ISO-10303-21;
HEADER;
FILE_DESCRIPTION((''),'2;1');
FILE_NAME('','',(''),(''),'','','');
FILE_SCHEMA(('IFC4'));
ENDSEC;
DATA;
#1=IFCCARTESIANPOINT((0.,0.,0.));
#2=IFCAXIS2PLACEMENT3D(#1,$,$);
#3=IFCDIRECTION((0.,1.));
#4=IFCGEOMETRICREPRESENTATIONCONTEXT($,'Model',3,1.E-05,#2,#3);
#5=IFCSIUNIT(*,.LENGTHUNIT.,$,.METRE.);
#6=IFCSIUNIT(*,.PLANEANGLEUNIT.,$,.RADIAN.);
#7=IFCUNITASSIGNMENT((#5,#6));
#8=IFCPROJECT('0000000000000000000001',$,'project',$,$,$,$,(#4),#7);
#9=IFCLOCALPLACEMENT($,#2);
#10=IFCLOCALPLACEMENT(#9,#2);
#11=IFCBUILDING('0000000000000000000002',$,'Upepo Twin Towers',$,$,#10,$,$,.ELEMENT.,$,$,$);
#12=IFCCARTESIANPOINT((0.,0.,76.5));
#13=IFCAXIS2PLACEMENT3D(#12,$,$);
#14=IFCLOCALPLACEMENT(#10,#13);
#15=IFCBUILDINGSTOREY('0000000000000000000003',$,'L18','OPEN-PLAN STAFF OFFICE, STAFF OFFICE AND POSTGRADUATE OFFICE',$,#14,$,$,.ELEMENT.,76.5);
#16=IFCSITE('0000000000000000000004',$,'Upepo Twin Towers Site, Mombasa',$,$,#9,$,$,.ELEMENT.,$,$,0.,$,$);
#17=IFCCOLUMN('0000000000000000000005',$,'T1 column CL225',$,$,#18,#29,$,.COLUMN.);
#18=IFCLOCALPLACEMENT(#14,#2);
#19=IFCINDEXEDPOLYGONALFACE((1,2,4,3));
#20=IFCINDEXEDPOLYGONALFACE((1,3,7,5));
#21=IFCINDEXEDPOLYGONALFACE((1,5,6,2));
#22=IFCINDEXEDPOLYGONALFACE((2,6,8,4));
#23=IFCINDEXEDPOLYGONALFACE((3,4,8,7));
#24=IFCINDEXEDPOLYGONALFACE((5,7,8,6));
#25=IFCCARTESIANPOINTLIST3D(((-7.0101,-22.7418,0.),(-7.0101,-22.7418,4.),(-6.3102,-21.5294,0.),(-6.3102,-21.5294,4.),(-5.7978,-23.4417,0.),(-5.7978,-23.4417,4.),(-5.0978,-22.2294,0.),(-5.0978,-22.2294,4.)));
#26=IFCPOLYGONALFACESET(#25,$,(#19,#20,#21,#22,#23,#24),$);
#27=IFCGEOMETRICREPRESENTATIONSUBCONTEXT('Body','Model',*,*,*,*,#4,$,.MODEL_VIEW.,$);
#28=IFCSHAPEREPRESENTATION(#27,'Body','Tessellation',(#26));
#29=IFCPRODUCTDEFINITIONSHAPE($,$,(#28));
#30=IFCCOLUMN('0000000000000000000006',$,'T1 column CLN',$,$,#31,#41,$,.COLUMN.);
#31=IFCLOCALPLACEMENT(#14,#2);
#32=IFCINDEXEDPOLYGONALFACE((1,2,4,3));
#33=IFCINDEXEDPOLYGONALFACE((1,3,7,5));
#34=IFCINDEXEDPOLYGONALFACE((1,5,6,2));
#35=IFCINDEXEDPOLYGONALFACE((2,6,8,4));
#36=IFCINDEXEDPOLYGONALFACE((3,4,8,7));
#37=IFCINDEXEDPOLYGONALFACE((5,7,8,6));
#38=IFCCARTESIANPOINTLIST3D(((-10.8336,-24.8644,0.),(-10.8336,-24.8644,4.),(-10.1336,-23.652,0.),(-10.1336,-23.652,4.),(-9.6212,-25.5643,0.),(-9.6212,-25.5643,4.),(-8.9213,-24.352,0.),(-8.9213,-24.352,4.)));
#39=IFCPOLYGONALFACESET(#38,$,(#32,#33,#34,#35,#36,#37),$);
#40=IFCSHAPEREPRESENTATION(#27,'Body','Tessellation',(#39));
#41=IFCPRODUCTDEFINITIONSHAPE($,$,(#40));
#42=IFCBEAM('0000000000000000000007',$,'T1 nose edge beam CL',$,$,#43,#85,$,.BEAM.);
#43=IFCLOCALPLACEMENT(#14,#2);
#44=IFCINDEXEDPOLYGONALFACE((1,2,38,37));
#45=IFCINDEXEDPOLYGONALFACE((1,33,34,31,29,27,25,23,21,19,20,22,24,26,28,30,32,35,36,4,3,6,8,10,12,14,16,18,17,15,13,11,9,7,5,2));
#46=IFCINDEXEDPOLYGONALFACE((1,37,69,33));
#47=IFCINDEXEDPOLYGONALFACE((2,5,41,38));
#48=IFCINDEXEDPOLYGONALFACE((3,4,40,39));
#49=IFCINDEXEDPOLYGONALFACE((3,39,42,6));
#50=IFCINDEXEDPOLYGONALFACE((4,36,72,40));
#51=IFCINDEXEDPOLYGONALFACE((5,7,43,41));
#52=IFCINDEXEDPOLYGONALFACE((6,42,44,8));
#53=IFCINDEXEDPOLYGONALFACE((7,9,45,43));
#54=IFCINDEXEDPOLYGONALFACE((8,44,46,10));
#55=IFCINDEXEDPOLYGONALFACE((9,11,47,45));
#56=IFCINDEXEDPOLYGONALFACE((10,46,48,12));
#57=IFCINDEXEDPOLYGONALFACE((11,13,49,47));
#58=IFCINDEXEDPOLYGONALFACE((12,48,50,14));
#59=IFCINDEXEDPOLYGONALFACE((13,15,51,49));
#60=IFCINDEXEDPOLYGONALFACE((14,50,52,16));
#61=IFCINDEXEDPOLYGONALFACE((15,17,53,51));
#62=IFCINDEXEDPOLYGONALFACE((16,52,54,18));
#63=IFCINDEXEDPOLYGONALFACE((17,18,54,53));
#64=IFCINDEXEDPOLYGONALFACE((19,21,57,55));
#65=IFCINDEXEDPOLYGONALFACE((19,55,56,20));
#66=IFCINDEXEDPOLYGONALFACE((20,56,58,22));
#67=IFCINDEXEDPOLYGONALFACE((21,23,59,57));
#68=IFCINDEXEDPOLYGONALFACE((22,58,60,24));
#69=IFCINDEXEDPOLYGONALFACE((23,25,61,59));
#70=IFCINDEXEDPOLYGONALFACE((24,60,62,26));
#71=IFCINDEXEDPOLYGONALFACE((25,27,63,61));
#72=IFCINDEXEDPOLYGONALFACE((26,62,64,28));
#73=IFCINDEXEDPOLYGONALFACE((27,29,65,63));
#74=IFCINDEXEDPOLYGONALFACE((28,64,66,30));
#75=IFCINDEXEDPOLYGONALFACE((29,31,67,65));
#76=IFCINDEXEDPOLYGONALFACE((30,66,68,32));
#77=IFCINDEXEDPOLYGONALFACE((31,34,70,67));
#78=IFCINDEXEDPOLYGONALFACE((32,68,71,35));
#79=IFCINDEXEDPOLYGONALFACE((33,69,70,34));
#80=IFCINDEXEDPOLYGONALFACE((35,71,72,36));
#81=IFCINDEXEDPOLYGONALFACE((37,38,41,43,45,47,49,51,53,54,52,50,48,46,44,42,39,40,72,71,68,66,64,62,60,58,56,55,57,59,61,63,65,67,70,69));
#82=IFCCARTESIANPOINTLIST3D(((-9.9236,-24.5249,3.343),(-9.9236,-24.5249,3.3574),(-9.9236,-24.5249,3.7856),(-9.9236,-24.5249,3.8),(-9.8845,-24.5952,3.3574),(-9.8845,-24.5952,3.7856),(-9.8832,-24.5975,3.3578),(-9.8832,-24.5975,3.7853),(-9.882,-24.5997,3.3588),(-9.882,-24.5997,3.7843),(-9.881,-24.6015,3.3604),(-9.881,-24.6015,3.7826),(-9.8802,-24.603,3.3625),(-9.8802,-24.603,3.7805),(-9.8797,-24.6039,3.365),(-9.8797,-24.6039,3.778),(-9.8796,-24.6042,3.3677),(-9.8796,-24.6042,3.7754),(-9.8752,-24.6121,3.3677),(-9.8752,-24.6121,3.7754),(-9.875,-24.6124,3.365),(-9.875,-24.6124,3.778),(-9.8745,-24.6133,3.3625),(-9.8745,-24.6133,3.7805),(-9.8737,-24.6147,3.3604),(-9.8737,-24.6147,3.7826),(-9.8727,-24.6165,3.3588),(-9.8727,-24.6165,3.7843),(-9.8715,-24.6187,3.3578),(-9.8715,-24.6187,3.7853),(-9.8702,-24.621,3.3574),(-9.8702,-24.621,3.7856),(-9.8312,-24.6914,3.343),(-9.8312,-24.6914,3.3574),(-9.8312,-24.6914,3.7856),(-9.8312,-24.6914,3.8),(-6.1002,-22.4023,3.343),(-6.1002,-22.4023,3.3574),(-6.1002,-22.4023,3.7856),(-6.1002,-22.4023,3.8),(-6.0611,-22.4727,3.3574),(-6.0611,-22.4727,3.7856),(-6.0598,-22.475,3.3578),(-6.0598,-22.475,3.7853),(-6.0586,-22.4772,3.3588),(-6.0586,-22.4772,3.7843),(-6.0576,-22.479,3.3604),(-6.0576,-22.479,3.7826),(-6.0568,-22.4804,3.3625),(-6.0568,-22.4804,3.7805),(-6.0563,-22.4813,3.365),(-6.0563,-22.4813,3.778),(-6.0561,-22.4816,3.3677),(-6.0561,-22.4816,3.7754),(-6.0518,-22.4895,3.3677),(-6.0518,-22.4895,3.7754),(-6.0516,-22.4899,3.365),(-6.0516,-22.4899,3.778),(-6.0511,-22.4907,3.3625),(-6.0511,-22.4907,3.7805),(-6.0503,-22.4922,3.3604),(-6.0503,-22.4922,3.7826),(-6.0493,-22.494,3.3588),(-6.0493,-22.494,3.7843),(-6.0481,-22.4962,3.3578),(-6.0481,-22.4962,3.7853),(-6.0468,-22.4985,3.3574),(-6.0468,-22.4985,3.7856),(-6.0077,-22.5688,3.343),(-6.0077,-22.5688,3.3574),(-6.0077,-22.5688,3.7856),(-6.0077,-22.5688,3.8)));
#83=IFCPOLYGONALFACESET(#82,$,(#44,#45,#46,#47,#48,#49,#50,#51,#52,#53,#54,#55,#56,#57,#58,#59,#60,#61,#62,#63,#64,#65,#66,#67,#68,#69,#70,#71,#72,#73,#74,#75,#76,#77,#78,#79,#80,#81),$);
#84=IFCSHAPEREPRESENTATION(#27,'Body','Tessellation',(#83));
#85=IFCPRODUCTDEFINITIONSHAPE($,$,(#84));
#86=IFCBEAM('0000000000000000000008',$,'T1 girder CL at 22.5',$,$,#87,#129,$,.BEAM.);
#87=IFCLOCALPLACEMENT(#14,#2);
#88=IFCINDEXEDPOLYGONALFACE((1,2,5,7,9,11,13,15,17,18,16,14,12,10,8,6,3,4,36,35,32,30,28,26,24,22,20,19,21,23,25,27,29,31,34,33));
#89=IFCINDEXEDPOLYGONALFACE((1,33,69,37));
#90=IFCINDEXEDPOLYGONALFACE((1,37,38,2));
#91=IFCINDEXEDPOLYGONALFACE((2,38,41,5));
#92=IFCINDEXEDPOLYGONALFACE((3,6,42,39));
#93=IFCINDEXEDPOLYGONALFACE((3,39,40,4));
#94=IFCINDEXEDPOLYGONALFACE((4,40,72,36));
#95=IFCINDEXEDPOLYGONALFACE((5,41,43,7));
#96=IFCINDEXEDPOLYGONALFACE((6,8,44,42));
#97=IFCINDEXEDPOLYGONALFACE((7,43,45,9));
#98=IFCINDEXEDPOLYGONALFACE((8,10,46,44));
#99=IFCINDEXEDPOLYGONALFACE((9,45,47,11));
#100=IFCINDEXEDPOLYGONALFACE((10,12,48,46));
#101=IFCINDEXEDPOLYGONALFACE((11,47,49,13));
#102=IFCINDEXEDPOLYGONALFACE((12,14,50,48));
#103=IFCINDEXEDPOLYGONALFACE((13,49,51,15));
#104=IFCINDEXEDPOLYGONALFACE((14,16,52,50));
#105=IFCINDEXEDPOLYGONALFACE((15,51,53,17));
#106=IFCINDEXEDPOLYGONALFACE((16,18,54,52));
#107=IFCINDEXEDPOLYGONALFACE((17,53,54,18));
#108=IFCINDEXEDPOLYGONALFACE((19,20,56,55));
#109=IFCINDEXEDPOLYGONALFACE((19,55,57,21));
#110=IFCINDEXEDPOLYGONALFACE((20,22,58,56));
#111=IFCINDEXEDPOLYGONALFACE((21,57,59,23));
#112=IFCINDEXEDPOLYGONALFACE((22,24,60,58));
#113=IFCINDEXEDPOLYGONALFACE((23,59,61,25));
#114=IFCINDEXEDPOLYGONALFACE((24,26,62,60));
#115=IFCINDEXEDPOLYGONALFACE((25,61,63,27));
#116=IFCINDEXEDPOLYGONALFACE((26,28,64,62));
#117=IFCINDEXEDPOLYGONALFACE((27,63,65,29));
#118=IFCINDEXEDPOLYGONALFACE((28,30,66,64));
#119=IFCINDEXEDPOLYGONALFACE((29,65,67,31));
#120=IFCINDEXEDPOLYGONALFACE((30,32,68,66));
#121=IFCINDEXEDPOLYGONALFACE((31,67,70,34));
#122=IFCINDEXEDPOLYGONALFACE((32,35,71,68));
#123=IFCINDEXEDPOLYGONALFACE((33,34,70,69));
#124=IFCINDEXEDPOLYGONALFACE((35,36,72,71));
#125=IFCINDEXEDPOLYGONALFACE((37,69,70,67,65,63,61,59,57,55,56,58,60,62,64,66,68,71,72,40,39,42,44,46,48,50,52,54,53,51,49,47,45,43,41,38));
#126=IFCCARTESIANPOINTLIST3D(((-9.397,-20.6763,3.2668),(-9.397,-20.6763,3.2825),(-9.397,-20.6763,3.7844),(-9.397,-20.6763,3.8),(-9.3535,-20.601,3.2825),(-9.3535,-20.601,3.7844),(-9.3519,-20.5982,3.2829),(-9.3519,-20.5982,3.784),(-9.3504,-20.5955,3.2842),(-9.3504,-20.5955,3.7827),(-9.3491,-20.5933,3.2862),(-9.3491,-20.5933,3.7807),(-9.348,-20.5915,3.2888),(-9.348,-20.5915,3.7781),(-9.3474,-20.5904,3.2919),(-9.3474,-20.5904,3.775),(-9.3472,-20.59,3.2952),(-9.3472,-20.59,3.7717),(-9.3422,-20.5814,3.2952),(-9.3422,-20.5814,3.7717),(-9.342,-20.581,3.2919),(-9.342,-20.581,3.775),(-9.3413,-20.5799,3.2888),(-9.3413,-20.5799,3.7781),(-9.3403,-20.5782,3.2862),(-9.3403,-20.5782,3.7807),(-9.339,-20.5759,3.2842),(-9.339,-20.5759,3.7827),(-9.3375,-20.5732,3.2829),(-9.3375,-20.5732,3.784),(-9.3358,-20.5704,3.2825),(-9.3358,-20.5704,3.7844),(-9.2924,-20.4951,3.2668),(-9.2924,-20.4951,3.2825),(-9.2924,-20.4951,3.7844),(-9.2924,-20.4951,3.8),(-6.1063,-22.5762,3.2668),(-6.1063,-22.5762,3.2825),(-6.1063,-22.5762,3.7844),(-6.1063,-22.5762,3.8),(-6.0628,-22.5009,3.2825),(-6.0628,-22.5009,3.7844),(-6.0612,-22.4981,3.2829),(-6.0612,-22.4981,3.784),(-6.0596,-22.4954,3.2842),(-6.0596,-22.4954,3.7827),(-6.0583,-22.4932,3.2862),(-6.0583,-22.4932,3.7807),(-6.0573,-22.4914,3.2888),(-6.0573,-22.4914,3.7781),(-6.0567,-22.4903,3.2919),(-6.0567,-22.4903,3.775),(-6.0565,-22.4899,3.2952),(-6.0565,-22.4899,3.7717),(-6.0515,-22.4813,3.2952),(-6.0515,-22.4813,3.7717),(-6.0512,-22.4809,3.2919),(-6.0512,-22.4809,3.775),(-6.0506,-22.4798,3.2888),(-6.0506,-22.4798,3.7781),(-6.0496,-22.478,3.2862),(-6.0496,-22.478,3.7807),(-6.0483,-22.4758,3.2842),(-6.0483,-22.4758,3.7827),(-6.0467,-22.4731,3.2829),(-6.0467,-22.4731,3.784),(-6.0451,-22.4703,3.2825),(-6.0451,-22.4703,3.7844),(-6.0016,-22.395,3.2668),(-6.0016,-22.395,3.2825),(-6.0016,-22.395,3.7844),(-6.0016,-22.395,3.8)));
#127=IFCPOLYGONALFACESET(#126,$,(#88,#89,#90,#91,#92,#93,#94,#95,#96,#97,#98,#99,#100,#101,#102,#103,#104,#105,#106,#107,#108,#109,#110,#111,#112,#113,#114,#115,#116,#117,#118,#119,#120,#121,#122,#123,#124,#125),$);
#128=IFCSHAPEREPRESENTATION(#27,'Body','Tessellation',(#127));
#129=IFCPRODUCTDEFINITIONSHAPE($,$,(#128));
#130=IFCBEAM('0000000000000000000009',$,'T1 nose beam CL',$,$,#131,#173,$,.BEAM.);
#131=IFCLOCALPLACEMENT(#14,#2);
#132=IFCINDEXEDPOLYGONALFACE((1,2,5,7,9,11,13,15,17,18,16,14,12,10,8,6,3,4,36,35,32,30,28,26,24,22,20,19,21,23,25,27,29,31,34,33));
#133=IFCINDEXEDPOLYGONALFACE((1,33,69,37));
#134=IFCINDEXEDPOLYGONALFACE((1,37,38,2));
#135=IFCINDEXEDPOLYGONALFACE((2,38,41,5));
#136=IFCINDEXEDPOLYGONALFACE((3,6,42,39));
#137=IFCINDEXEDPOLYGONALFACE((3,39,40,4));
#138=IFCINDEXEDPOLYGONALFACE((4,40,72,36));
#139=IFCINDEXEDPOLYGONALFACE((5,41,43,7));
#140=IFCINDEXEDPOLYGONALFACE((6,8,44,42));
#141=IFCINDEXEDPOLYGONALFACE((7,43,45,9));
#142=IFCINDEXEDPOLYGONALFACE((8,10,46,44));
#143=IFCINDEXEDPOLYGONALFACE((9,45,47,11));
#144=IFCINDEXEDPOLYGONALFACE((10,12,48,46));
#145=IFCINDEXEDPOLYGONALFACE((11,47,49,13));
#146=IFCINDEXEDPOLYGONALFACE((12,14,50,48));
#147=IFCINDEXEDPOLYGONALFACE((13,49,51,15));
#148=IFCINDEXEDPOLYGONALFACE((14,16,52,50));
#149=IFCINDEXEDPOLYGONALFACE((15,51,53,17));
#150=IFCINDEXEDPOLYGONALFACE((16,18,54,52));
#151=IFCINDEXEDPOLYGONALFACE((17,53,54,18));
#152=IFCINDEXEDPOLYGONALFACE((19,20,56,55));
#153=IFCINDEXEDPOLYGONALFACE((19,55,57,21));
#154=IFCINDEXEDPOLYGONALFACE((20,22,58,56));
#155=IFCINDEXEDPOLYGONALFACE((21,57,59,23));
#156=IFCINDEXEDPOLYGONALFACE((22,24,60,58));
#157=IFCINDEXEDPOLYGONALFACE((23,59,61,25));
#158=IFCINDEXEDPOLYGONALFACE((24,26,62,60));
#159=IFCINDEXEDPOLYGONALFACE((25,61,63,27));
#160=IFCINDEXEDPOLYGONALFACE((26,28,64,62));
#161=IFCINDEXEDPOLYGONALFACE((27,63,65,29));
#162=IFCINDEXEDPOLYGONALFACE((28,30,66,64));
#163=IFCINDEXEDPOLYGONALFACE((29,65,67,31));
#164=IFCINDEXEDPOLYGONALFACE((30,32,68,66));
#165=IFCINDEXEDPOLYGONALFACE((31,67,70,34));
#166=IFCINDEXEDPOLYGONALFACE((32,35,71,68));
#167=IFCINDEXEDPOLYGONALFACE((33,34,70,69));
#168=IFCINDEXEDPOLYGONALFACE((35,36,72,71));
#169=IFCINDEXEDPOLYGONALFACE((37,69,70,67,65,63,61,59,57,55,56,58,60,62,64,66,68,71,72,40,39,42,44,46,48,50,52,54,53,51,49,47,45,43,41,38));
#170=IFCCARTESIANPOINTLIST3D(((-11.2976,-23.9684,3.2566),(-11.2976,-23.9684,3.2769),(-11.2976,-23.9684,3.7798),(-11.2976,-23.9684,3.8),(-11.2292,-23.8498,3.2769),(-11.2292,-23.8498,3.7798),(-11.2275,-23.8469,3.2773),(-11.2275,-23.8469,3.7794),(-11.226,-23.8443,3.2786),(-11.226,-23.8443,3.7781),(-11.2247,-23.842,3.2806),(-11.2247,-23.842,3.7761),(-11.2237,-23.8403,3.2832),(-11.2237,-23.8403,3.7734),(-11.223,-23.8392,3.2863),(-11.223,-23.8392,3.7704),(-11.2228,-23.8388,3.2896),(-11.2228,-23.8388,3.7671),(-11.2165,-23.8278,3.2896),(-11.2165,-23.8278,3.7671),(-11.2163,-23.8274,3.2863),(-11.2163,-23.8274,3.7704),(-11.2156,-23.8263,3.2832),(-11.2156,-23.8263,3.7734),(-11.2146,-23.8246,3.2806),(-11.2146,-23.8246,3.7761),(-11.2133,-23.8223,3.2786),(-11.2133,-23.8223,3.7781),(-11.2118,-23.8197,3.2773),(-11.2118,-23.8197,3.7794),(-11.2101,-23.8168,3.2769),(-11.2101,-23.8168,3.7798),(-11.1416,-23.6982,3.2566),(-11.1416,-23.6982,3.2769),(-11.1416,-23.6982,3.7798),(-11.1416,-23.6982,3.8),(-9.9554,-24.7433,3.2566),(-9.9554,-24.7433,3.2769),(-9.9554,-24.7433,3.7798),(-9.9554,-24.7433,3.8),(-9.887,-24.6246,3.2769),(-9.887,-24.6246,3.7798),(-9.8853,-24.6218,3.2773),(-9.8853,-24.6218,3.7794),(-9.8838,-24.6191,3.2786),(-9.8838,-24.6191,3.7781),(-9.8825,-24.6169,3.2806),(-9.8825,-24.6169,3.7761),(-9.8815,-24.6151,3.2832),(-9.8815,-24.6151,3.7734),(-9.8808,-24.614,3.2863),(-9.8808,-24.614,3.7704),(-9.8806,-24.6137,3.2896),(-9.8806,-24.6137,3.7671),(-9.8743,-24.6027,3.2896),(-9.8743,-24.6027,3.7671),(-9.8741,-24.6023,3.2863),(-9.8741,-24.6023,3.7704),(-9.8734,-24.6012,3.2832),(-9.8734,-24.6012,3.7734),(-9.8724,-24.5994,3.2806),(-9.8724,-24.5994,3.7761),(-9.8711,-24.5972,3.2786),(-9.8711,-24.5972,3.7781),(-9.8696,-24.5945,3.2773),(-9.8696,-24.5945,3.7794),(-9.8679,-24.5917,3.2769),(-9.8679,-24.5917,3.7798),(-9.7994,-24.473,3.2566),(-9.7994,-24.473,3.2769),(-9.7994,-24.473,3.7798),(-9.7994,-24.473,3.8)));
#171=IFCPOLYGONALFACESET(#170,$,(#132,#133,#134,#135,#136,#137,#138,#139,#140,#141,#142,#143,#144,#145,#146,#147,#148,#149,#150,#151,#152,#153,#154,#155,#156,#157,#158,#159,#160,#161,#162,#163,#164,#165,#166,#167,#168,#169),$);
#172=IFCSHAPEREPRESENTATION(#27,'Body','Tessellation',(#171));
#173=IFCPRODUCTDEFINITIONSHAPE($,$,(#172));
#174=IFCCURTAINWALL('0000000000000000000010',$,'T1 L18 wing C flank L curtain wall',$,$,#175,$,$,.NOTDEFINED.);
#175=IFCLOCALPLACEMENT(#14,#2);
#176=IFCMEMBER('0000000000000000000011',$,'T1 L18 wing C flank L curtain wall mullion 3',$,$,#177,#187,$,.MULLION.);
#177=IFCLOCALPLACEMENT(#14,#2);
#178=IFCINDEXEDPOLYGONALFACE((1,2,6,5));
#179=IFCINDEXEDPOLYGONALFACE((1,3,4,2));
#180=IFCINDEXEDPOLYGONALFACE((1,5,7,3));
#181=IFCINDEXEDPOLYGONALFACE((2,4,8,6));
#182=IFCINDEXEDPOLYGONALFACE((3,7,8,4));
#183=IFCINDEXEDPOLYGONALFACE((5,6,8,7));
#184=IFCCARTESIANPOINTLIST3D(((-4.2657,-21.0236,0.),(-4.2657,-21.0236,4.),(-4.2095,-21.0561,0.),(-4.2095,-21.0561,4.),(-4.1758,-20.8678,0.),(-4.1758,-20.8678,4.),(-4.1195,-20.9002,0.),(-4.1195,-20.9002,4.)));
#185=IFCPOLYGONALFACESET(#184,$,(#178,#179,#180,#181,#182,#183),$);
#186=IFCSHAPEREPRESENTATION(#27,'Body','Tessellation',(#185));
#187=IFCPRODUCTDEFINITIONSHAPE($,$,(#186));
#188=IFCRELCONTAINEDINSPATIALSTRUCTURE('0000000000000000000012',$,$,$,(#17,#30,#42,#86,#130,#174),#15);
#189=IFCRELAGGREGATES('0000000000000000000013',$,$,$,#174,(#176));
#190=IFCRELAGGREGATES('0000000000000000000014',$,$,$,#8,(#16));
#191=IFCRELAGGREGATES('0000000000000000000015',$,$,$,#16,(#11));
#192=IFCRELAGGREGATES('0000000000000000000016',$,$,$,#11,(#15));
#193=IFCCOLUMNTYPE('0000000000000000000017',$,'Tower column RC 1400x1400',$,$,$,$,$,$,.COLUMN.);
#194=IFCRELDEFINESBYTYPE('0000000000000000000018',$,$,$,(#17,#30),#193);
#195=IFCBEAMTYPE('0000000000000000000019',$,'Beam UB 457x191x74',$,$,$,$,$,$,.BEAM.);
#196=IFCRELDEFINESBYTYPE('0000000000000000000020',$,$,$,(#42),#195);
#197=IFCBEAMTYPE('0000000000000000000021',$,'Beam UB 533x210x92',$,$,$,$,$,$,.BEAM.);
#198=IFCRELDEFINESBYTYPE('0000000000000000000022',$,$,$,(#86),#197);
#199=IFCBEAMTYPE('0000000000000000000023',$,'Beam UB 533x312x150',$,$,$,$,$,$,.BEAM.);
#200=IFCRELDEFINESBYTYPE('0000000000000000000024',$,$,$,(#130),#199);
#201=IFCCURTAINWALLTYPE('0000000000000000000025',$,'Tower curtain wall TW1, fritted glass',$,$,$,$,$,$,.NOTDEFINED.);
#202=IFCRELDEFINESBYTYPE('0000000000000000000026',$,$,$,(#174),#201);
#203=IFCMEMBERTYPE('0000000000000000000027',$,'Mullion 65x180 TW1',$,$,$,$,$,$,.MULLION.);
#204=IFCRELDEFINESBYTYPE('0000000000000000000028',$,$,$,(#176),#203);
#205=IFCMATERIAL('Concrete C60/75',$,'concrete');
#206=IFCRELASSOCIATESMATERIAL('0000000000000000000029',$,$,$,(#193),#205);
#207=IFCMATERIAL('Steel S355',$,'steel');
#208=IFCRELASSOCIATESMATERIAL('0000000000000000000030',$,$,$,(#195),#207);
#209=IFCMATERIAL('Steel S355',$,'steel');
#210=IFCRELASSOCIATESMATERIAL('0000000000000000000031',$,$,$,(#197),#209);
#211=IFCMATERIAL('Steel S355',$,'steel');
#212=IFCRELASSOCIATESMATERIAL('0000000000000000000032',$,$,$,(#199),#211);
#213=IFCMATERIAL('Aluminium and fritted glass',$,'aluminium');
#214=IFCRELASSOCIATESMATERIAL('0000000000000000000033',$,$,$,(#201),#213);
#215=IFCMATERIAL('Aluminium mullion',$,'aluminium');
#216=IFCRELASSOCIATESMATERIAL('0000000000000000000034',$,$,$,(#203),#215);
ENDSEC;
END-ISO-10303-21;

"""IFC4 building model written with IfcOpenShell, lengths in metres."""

from ifc_helpers import new_model, si_unit, direction, frame, origin, origin_2d, place, context, subcontext, project, spatial, rectangle, i_section, extrude, material, material_profile, profile_set, type_object, element, aggregate, save


model = new_model("IFC4")

# Units and contexts
model_context = context("Model", 3, precision=1e-05, world=origin(), true_north=direction((0.0, 1.0)))
body_context = subcontext(model_context, "Body", "Model", "MODEL_VIEW")
ifc_project = project(units=[si_unit("LENGTHUNIT", "METRE"), si_unit("PLANEANGLEUNIT", "RADIAN")], contexts=[model_context])

# Site, building, storey
site_placement = place(None, origin())
site = spatial("IfcSite", under=ifc_project, at=site_placement, Name="Upepo Twin Towers Site, Mombasa", CompositionType="ELEMENT", RefElevation=0.0)
building_placement = place(site_placement, origin())
building = spatial("IfcBuilding", under=site, at=building_placement, Name="Upepo Twin Towers", CompositionType="ELEMENT")
storey_placement = place(building_placement, frame((0.0, 0.0, 76.5)))
storey = spatial("IfcBuildingStorey", under=building, at=storey_placement, Name="L18", Description="OPEN-PLAN STAFF OFFICE, STAFF OFFICE AND POSTGRADUATE OFFICE", CompositionType="ELEMENT", Elevation=76.5)

# Columns
ifc_material_1 = material(Name="Concrete C60/75", Category="concrete")
ifc_material_profile_1 = material_profile(ifc_material_1, rectangle(XDim=1.3999, YDim=1.3999, at=origin_2d()), Name="RC 1400x1400")
ifc_profile_set_1 = profile_set([ifc_material_profile_1], Name="Concrete C60/75")
column_type = type_object("IfcColumnType", Name="Tower column RC 1400x1400", PredefinedType="COLUMN", material=ifc_profile_set_1)
for number, where, z_axis, x_axis, name in (
    (1, (-6.054, -22.4856, 0.0), (0.0, 0.0, 1.0), (0.5, 0.866025, 0.0), "T1 column CL225"),
    (2, (-9.8774, -24.6082, 0.0), (0.0, 0.0, 1.0), (0.5, 0.866025, 0.0), "T1 column CLN"),
):
    element("IfcColumn", number, at=place(storey_placement, frame(where, z_axis=z_axis, x_axis=x_axis)), inside=storey, type_object=column_type, Name=name, PredefinedType="COLUMN", context=body_context, shape_type="SweptSolid", body=[
        extrude(rectangle(XDim=1.3999, YDim=1.3999, at=origin_2d()), origin(), (0.0, 0.0, 1.0), 4.0),
    ])

# Beams
ifc_material_2 = material(Name="Steel S355", Category="steel")
ifc_material_profile_2 = material_profile(ifc_material_2, i_section(OverallWidth=0.1904, OverallDepth=0.457, WebThickness=0.009, FlangeThickness=0.0144, FilletRadius=0.0103, at=origin_2d()), Name="UB 457x191x74")
ifc_profile_set_2 = profile_set([ifc_material_profile_2], Name="Steel S355")
beam_type_1 = type_object("IfcBeamType", Name="Beam UB 457x191x74", PredefinedType="BEAM", material=ifc_profile_set_2)
beam_1_placement = place(storey_placement, frame((-6.054, -22.4856, 3.5715), z_axis=(-0.874313, -0.485363, 0.0), x_axis=(0.485363, -0.874313, 0.0)))
element("IfcBeam", 3, at=beam_1_placement, inside=storey, type_object=beam_type_1, Name="T1 nose edge beam CL", PredefinedType="BEAM", context=body_context, shape_type="SweptSolid", body=[
    extrude(i_section(OverallWidth=0.1904, OverallDepth=0.457, WebThickness=0.009, FlangeThickness=0.0144, FilletRadius=0.0103, at=origin_2d()), origin(), (0.0, 0.0, 1.0), 4.373),
])
ifc_material_3 = material(Name="Steel S355", Category="steel")
ifc_material_profile_3 = material_profile(ifc_material_3, i_section(OverallWidth=0.2092, OverallDepth=0.5332, WebThickness=0.01, FlangeThickness=0.0156, FilletRadius=0.0127, at=origin_2d()), Name="UB 533x210x92")
ifc_profile_set_3 = profile_set([ifc_material_profile_3], Name="Steel S355")
beam_type_2 = type_object("IfcBeamType", Name="Beam UB 533x210x92", PredefinedType="BEAM", material=ifc_profile_set_3)
beam_2_placement = place(storey_placement, frame((-6.054, -22.4856, 3.5334), z_axis=(-0.866028, 0.499995, 0.0), x_axis=(-0.499995, -0.866028, 0.0)))
element("IfcBeam", 4, at=beam_2_placement, inside=storey, type_object=beam_type_2, Name="T1 girder CL at 22.5", PredefinedType="BEAM", context=body_context, shape_type="SweptSolid", body=[
    extrude(i_section(OverallWidth=0.2092, OverallDepth=0.5332, WebThickness=0.01, FlangeThickness=0.0156, FilletRadius=0.0127, at=origin_2d()), origin(), (0.0, 0.0, 1.0), 3.7998),
])
ifc_material_4 = material(Name="Steel S355", Category="steel")
ifc_material_profile_4 = material_profile(ifc_material_4, i_section(OverallWidth=0.312, OverallDepth=0.5435, WebThickness=0.0127, FlangeThickness=0.0203, FilletRadius=0.0127, at=origin_2d()), Name="UB 533x312x150")
ifc_profile_set_4 = profile_set([ifc_material_profile_4], Name="Steel S355")
beam_type_3 = type_object("IfcBeamType", Name="Beam UB 533x312x150", PredefinedType="BEAM", material=ifc_profile_set_4)
beam_3_placement = place(storey_placement, frame((-9.8774, -24.6082, 3.5283), z_axis=(-0.866044, 0.499968, 0.0), x_axis=(-0.499968, -0.866044, 0.0)))
element("IfcBeam", 5, at=beam_3_placement, inside=storey, type_object=beam_type_3, Name="T1 nose beam CL", PredefinedType="BEAM", context=body_context, shape_type="SweptSolid", body=[
    extrude(i_section(OverallWidth=0.312, OverallDepth=0.5435, WebThickness=0.0127, FlangeThickness=0.0203, FilletRadius=0.0127, at=origin_2d()), origin(), (0.0, 0.0, 1.0), 1.5498),
])

# Curtain wall, member
ifc_material_5 = material(Name="Aluminium and fritted glass", Category="aluminium")
curtain_wall_type = type_object("IfcCurtainWallType", Name="Tower curtain wall TW1, fritted glass", PredefinedType="NOTDEFINED", material=ifc_material_5)
curtain_wall_1_placement = place(storey_placement, origin())
curtain_wall_1 = element("IfcCurtainWall", 6, at=curtain_wall_1_placement, inside=storey, type_object=curtain_wall_type, Name="T1 L18 wing C flank L curtain wall", PredefinedType="NOTDEFINED")
ifc_material_6 = material(Name="Aluminium mullion", Category="aluminium")
ifc_material_profile_5 = material_profile(ifc_material_6, rectangle(XDim=0.0649, YDim=0.1799, at=origin_2d()), Name="MULLION 65x180")
ifc_profile_set_5 = profile_set([ifc_material_profile_5], Name="Aluminium mullion")
member_type_1 = type_object("IfcMemberType", Name="Mullion 65x180 TW1", PredefinedType="MULLION", material=ifc_profile_set_5)
member_1_placement = place(storey_placement, frame((-4.1926, -20.9619, 0.0), z_axis=(0.0, 0.0, 1.0), x_axis=(0.866025, -0.5, 0.0)))
member_1 = element("IfcMember", 7, at=member_1_placement, type_object=member_type_1, Name="T1 L18 wing C flank L curtain wall mullion 3", PredefinedType="MULLION", context=body_context, shape_type="SweptSolid", body=[
    extrude(rectangle(XDim=0.0649, YDim=0.1799, at=origin_2d()), origin(), (0.0, 0.0, 1.0), 4.0),
])

aggregate(curtain_wall_1, [member_1])

save(model, "model.ifc")
